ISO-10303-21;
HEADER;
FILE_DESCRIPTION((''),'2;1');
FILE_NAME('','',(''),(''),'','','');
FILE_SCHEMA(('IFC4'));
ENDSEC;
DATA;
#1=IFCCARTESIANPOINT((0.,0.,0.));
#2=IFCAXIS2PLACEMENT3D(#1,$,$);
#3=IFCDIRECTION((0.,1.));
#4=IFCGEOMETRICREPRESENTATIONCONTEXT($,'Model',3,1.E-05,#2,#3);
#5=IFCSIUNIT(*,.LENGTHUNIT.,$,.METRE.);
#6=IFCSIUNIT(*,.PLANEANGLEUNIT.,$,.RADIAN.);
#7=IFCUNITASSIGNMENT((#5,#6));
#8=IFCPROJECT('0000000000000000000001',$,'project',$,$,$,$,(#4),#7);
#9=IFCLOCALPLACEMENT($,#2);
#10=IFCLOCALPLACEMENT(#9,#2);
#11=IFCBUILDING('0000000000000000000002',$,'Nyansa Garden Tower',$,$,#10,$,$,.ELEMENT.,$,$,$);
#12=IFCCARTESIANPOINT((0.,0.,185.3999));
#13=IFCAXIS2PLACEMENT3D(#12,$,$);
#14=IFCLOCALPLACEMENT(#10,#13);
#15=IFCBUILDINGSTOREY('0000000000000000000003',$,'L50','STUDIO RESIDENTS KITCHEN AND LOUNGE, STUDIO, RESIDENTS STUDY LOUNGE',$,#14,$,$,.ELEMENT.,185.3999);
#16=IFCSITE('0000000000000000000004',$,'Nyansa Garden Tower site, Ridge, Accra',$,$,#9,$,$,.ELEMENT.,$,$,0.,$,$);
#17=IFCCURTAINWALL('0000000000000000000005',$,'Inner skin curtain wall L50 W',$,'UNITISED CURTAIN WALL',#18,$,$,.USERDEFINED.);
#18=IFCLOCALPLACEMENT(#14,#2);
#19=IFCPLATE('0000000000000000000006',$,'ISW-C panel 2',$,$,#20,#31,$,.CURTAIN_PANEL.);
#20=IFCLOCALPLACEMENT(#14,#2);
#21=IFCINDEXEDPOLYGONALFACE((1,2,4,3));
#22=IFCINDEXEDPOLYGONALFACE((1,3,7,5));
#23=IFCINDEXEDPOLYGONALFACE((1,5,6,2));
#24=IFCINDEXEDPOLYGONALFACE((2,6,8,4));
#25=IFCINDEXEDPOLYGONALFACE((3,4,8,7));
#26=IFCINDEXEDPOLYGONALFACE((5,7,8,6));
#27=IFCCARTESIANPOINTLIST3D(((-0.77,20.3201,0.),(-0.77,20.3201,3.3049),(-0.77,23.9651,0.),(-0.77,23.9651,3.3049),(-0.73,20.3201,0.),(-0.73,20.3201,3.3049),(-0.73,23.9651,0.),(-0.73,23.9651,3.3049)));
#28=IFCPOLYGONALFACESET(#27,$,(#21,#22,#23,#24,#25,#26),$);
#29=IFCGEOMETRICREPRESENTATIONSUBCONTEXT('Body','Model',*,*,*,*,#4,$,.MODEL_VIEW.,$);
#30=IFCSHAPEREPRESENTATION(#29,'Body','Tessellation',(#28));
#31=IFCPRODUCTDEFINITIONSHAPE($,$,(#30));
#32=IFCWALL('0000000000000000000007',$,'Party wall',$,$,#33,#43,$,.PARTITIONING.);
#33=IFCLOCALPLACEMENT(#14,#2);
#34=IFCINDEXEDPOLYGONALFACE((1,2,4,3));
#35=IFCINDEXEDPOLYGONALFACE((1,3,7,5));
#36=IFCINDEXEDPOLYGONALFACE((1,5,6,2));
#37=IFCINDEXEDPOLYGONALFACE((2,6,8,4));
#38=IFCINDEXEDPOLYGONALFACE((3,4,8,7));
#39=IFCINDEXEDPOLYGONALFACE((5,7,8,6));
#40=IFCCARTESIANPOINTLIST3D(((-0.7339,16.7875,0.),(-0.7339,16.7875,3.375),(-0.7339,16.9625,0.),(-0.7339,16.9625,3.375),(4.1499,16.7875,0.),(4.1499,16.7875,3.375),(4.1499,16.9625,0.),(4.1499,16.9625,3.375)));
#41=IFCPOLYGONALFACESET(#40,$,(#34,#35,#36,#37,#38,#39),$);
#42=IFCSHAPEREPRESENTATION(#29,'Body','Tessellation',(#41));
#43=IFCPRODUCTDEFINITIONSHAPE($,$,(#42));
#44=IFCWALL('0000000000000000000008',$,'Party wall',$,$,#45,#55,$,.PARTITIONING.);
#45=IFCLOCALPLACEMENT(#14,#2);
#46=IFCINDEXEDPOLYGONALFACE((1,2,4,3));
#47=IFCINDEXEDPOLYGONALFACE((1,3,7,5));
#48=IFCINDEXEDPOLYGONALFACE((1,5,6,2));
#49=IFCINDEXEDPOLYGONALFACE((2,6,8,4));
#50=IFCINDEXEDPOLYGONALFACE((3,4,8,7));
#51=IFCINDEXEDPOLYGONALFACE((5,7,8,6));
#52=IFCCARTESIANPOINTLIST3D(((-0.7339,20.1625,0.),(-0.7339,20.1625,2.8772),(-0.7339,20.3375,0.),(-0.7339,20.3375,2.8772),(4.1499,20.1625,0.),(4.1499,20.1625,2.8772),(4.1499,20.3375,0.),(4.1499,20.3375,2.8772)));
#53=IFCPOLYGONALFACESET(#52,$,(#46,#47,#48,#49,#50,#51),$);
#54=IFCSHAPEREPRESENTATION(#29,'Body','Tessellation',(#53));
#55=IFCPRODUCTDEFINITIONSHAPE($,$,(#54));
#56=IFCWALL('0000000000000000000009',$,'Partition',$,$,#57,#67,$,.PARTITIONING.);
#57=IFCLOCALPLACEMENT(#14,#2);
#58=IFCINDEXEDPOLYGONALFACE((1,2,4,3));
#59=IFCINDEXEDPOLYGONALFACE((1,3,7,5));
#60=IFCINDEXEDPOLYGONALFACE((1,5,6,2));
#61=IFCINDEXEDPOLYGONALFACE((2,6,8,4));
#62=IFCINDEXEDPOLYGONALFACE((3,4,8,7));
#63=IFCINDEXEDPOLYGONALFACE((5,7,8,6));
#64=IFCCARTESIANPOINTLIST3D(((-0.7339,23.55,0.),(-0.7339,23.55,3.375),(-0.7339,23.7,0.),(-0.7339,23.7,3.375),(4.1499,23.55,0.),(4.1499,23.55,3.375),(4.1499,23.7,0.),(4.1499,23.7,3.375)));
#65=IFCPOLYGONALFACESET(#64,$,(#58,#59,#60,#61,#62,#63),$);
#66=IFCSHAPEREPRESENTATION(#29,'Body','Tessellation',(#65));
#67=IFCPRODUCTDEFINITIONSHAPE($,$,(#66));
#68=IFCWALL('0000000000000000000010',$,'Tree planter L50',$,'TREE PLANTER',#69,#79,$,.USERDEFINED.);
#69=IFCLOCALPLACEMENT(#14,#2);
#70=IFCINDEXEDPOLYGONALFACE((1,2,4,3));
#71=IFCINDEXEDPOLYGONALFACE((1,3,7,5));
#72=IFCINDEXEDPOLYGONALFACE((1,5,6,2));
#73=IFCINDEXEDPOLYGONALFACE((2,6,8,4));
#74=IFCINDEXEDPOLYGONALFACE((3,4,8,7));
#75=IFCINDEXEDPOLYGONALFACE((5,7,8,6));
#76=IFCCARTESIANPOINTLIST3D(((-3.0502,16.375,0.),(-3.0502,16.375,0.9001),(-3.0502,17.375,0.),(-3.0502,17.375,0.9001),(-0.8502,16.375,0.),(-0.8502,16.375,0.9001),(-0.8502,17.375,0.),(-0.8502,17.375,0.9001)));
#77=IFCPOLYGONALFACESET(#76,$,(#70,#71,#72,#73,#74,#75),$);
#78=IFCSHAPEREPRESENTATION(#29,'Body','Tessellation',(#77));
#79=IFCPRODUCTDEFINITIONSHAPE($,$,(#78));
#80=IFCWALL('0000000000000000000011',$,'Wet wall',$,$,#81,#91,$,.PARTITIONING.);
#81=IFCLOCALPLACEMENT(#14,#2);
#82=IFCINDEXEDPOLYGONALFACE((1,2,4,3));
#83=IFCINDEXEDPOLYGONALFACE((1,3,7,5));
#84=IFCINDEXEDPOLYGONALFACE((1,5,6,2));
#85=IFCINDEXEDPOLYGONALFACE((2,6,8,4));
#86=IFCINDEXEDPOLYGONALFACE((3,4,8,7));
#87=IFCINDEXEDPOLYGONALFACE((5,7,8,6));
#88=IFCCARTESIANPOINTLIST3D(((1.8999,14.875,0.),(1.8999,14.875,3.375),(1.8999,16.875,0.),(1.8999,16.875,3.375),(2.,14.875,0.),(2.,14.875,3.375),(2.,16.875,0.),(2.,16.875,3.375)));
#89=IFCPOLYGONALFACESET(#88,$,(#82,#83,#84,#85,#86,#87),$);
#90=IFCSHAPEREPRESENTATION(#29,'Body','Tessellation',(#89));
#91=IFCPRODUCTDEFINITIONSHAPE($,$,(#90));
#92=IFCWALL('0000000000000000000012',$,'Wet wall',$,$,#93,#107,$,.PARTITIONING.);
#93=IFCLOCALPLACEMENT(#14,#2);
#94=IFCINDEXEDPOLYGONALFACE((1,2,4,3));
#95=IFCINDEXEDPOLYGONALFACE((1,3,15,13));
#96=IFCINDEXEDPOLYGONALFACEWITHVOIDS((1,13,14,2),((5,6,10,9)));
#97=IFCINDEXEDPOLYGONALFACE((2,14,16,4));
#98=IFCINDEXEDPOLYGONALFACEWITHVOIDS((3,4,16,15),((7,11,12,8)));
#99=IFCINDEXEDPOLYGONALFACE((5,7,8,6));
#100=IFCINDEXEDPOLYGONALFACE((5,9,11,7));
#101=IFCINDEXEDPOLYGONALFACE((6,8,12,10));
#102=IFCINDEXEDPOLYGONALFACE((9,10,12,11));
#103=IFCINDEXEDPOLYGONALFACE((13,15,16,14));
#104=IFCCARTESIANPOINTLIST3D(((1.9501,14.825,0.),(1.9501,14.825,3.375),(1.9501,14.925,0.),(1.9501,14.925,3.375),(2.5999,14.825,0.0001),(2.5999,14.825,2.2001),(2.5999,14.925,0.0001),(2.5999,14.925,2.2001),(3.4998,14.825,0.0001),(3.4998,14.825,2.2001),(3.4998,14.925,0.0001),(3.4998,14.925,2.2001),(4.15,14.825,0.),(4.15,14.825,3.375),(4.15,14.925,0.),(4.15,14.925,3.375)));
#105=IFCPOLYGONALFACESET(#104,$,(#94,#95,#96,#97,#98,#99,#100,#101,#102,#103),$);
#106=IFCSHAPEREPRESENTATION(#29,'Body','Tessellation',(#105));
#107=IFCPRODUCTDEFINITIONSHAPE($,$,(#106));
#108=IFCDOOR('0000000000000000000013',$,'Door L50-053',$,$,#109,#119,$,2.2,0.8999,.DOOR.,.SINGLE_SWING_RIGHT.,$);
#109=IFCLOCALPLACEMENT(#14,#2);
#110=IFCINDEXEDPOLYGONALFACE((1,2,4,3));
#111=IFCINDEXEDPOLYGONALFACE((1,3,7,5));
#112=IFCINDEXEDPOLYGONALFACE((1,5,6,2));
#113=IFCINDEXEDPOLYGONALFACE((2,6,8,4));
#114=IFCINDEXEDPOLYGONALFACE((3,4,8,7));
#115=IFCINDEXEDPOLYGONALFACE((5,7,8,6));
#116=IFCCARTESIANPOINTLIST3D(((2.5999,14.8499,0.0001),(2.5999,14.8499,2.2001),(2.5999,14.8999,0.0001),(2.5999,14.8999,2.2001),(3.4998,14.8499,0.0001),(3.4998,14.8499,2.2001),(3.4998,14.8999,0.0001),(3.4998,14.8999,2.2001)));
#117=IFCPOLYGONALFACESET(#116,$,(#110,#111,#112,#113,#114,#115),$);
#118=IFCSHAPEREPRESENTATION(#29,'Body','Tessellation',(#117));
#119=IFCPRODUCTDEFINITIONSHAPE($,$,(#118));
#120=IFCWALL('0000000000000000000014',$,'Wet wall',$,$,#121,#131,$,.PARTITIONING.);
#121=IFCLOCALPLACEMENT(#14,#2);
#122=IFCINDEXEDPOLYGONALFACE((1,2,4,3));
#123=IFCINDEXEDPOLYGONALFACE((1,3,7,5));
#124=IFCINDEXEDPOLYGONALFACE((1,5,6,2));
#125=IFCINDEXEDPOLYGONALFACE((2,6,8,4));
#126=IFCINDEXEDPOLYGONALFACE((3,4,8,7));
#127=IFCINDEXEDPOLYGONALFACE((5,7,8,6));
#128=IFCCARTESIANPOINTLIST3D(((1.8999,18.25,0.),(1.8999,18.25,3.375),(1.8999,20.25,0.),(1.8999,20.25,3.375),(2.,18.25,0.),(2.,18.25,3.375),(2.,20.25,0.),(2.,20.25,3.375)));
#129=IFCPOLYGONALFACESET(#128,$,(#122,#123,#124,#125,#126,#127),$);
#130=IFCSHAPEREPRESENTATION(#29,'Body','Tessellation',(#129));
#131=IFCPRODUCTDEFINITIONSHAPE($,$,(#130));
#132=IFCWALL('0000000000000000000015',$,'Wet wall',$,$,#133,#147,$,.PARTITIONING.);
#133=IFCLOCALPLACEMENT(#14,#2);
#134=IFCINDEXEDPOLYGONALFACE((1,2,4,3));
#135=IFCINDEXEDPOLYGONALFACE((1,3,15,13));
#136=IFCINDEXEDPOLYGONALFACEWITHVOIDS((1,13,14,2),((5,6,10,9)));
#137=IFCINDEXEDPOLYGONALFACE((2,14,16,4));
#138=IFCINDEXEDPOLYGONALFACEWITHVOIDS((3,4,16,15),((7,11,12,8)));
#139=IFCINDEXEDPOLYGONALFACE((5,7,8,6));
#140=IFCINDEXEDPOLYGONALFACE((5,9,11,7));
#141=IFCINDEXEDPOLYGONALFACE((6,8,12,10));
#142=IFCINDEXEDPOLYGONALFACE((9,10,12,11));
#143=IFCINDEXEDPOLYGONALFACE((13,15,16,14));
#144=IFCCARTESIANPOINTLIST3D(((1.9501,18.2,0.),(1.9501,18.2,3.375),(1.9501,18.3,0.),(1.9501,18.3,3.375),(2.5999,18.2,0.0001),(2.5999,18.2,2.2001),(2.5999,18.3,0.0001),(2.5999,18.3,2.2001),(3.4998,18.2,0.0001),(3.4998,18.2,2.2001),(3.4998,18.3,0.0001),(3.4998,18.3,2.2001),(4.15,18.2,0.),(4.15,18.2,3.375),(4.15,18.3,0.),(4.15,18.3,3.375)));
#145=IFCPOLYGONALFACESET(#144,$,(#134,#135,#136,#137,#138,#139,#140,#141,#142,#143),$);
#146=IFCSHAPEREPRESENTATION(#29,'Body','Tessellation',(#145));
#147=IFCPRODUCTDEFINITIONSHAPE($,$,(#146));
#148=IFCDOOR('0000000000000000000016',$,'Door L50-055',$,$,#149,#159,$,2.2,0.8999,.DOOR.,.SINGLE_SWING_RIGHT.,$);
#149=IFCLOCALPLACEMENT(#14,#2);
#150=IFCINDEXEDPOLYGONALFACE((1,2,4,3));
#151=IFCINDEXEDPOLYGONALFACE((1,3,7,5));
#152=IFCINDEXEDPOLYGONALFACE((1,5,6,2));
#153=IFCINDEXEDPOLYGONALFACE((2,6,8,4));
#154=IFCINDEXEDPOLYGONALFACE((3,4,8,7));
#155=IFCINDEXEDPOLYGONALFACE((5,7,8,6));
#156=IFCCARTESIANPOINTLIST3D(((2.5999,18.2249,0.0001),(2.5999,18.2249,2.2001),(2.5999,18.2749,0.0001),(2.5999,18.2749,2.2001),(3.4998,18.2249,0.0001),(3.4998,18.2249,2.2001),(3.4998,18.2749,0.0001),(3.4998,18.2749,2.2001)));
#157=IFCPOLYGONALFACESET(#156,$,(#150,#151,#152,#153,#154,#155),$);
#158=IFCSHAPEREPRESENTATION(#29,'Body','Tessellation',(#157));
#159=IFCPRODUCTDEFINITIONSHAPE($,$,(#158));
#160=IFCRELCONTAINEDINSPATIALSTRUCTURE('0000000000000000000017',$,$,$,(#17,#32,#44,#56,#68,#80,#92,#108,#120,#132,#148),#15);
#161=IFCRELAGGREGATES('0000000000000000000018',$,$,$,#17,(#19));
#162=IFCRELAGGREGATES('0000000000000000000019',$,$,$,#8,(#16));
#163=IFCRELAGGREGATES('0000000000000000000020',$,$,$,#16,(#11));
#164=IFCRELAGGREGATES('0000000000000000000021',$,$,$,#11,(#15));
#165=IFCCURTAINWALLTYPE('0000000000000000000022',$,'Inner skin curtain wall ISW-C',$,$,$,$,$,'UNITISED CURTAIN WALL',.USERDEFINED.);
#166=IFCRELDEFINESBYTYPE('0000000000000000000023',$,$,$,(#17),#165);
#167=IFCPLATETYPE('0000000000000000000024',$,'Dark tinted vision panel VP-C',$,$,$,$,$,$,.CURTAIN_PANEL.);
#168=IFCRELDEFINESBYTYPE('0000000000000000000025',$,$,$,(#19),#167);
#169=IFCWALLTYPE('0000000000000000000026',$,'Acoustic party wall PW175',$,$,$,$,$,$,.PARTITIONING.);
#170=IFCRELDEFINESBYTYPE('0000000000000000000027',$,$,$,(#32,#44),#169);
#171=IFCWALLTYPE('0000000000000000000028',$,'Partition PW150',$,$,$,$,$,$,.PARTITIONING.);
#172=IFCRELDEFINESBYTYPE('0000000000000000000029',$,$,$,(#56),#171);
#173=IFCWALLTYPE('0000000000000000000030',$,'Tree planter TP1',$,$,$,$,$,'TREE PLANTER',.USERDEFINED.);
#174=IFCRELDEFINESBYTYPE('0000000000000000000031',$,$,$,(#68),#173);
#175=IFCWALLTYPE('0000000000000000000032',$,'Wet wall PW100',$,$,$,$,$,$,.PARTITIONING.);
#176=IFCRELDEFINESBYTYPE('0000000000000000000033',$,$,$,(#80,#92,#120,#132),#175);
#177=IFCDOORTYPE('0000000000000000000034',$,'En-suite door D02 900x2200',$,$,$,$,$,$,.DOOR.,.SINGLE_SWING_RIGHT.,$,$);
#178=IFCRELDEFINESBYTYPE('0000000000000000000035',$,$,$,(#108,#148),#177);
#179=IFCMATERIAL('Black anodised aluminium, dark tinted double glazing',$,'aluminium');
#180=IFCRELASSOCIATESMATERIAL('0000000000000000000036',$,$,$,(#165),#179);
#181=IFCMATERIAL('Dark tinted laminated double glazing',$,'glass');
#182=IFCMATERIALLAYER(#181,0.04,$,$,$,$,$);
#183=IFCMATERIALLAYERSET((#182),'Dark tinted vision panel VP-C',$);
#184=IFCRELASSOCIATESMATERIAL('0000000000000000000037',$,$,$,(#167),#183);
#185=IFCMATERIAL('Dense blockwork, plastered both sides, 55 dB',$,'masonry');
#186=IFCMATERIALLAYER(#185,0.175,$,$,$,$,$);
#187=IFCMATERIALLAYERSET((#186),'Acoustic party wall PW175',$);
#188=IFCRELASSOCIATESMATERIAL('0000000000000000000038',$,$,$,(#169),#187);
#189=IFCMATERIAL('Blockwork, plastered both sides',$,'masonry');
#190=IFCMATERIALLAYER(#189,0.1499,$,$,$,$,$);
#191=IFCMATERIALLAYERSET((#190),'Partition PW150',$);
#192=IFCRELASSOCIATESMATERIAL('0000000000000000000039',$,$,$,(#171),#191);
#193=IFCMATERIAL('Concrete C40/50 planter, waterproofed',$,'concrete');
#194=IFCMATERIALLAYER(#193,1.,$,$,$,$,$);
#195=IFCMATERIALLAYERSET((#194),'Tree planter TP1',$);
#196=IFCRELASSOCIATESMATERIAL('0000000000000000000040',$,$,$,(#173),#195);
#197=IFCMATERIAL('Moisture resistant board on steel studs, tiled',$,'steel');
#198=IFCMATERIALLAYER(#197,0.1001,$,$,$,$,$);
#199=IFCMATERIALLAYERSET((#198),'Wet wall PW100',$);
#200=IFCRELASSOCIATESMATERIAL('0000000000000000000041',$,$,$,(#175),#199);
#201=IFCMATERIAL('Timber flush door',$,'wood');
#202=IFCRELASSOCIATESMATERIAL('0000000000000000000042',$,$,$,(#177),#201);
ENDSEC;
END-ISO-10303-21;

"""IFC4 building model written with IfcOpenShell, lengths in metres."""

from ifc_helpers import new_model, si_unit, direction, frame, frame_2d, origin, origin_2d, place, context, subcontext, project, spatial, rectangle, extrude, material, layer, layer_set, type_object, element, fill, aggregate, save


model = new_model("IFC4")

# Units and contexts
model_context = context("Model", 3, precision=1e-05, world=origin(), true_north=direction((0.0, 1.0)))
body_context = subcontext(model_context, "Body", "Model", "MODEL_VIEW")
ifc_project = project(units=[si_unit("LENGTHUNIT", "METRE"), si_unit("PLANEANGLEUNIT", "RADIAN")], contexts=[model_context])

# Site, building, storey
site_placement = place(None, origin())
site = spatial("IfcSite", under=ifc_project, at=site_placement, Name="Nyansa Garden Tower site, Ridge, Accra", CompositionType="ELEMENT", RefElevation=0.0)
building_placement = place(site_placement, origin())
building = spatial("IfcBuilding", under=site, at=building_placement, Name="Nyansa Garden Tower", CompositionType="ELEMENT")
storey_placement = place(building_placement, frame((0.0, 0.0, 185.3999)))
storey = spatial("IfcBuildingStorey", under=building, at=storey_placement, Name="L50", Description="STUDIO RESIDENTS KITCHEN AND LOUNGE, STUDIO, RESIDENTS STUDY LOUNGE", CompositionType="ELEMENT", Elevation=185.3999)

# Curtain wall
ifc_material_1 = material(Name="Black anodised aluminium, dark tinted double glazing", Category="aluminium")
curtain_wall_type = type_object("IfcCurtainWallType", Name="Inner skin curtain wall ISW-C", ElementType="UNITISED CURTAIN WALL", PredefinedType="USERDEFINED", material=ifc_material_1)
curtain_wall_placement = place(storey_placement, origin())
curtain_wall = element("IfcCurtainWall", 1, at=curtain_wall_placement, inside=storey, type_object=curtain_wall_type, Name="Inner skin curtain wall L50 W", ObjectType="UNITISED CURTAIN WALL", PredefinedType="USERDEFINED")

# Plate
ifc_material_2 = material(Name="Dark tinted laminated double glazing", Category="glass")
ifc_layer_1 = layer(ifc_material_2, 0.04)
ifc_layer_set_1 = layer_set([ifc_layer_1], Name="Dark tinted vision panel VP-C")
plate_type = type_object("IfcPlateType", Name="Dark tinted vision panel VP-C", PredefinedType="CURTAIN_PANEL", material=ifc_layer_set_1)
plate_1_placement = place(storey_placement, frame((-0.75, 22.1426, 0.0), z_axis=(0.0, 0.0, 1.0), x_axis=(0.0, -1.0, 0.0)))
plate_1 = element("IfcPlate", 2, at=plate_1_placement, type_object=plate_type, Name="ISW-C panel 2", PredefinedType="CURTAIN_PANEL", context=body_context, shape_type="SweptSolid", body=[
    extrude(rectangle(XDim=3.645, YDim=0.04, at=origin_2d()), origin(), (0.0, 0.0, 1.0), 3.3049),
])
aggregate(curtain_wall, [plate_1])

# Walls
ifc_material_3 = material(Name="Dense blockwork, plastered both sides, 55 dB", Category="masonry")
ifc_layer_2 = layer(ifc_material_3, 0.175)
ifc_layer_set_2 = layer_set([ifc_layer_2], Name="Acoustic party wall PW175")
wall_type_1 = type_object("IfcWallType", Name="Acoustic party wall PW175", PredefinedType="PARTITIONING", material=ifc_layer_set_2)
wall_1_placement = place(storey_placement, frame((-0.7339, 16.875, 0.0), z_axis=(0.0, 0.0, 1.0), x_axis=(1.0, 0.0, 0.0)))
element("IfcWall", 3, at=wall_1_placement, inside=storey, type_object=wall_type_1, Name="Party wall", PredefinedType="PARTITIONING", context=body_context, shape_type="SweptSolid", body=[
    extrude(rectangle(XDim=4.8838, YDim=0.175, at=frame_2d((2.4419, 0.0))), origin(), (0.0, 0.0, 1.0), 3.375),
])
wall_2_placement = place(storey_placement, frame((-0.7339, 20.25, 0.0), z_axis=(0.0, 0.0, 1.0), x_axis=(1.0, 0.0, 0.0)))
element("IfcWall", 4, at=wall_2_placement, inside=storey, type_object=wall_type_1, Name="Party wall", PredefinedType="PARTITIONING", context=body_context, shape_type="SweptSolid", body=[
    extrude(rectangle(XDim=4.8838, YDim=0.175, at=frame_2d((2.4419, 0.0))), origin(), (0.0, 0.0, 1.0), 2.8772),
])
ifc_material_4 = material(Name="Blockwork, plastered both sides", Category="masonry")
ifc_layer_3 = layer(ifc_material_4, 0.1499)
ifc_layer_set_3 = layer_set([ifc_layer_3], Name="Partition PW150")
wall_type_2 = type_object("IfcWallType", Name="Partition PW150", PredefinedType="PARTITIONING", material=ifc_layer_set_3)
wall_3_placement = place(storey_placement, frame((-0.7339, 23.625, 0.0), z_axis=(0.0, 0.0, 1.0), x_axis=(1.0, 0.0, 0.0)))
element("IfcWall", 5, at=wall_3_placement, inside=storey, type_object=wall_type_2, Name="Partition", PredefinedType="PARTITIONING", context=body_context, shape_type="SweptSolid", body=[
    extrude(rectangle(XDim=4.8838, YDim=0.1499, at=frame_2d((2.4419, 0.0))), origin(), (0.0, 0.0, 1.0), 3.375),
])
ifc_material_5 = material(Name="Concrete C40/50 planter, waterproofed", Category="concrete")
ifc_layer_4 = layer(ifc_material_5, 1.0)
ifc_layer_set_4 = layer_set([ifc_layer_4], Name="Tree planter TP1")
wall_type_3 = type_object("IfcWallType", Name="Tree planter TP1", ElementType="TREE PLANTER", PredefinedType="USERDEFINED", material=ifc_layer_set_4)
wall_4_placement = place(storey_placement, frame((-0.8501, 16.875, 0.0), z_axis=(0.0, 0.0, 1.0), x_axis=(-1.0, 0.0, 0.0)))
element("IfcWall", 6, at=wall_4_placement, inside=storey, type_object=wall_type_3, Name="Tree planter L50", ObjectType="TREE PLANTER", PredefinedType="USERDEFINED", context=body_context, shape_type="SweptSolid", body=[
    extrude(rectangle(XDim=2.2, YDim=1.0, at=frame_2d((1.1001, 0.0))), origin(), (0.0, 0.0, 1.0), 0.9001),
])
ifc_material_6 = material(Name="Moisture resistant board on steel studs, tiled", Category="steel")
ifc_layer_5 = layer(ifc_material_6, 0.1001)
ifc_layer_set_5 = layer_set([ifc_layer_5], Name="Wet wall PW100")
wall_type_4 = type_object("IfcWallType", Name="Wet wall PW100", PredefinedType="PARTITIONING", material=ifc_layer_set_5)
wall_5_placement = place(storey_placement, frame((1.95, 14.875, 0.0), z_axis=(0.0, 0.0, 1.0), x_axis=(0.0, 1.0, 0.0)))
element("IfcWall", 7, at=wall_5_placement, inside=storey, type_object=wall_type_4, Name="Wet wall", PredefinedType="PARTITIONING", context=body_context, shape_type="SweptSolid", body=[
    extrude(rectangle(XDim=2.0, YDim=0.1001, at=frame_2d((1.0, 0.0))), origin(), (0.0, 0.0, 1.0), 3.375),
])

# Wall, opening, door
wall_6_placement = place(storey_placement, frame((1.95, 14.875, 0.0), z_axis=(0.0, 0.0, 1.0), x_axis=(1.0, 0.0, 0.0)))
wall_6 = element("IfcWall", 8, at=wall_6_placement, inside=storey, type_object=wall_type_4, Name="Wet wall", PredefinedType="PARTITIONING", context=body_context, shape_type="SweptSolid", body=[
    extrude(rectangle(XDim=2.2, YDim=0.1001, at=frame_2d((1.1001, 0.0))), origin(), (0.0, 0.0, 1.0), 3.375),
])
opening_1_placement = place(wall_6_placement, frame((0.6499, 0.0, 0.0)))
opening_1 = element("IfcOpeningElement", 9, at=opening_1_placement, cuts=wall_6, PredefinedType="OPENING", context=body_context, shape_type="SweptSolid", body=[
    extrude(rectangle(XDim=0.8999, YDim=2.2, at=frame_2d((0.45, 1.1001))), frame((0.0, 0.0601, 0.0), z_axis=(0.0, -1.0, 0.0), x_axis=(1.0, 0.0, 0.0)), (0.0, 0.0, 1.0), 0.1201),
])
ifc_material_7 = material(Name="Timber flush door", Category="wood")
door_type = type_object("IfcDoorType", Name="En-suite door D02 900x2200", OperationType="SINGLE_SWING_RIGHT", PredefinedType="DOOR", material=ifc_material_7)
door_1_placement = place(opening_1_placement, origin())
door_1 = element("IfcDoor", 10, at=door_1_placement, inside=storey, type_object=door_type, Name="Door L50-053", OperationType="SINGLE_SWING_RIGHT", OverallHeight=2.2, OverallWidth=0.8999, PredefinedType="DOOR", context=body_context, shape_type="SweptSolid", body=[
    extrude(rectangle(XDim=0.8999, YDim=2.2, at=frame_2d((0.45, 1.1001))), frame((0.0, 0.0249, 0.0), z_axis=(0.0, -1.0, 0.0), x_axis=(1.0, 0.0, 0.0)), (0.0, 0.0, 1.0), 0.05),
])
fill(opening_1, door_1)

# Wall
wall_7_placement = place(storey_placement, frame((1.95, 18.25, 0.0), z_axis=(0.0, 0.0, 1.0), x_axis=(0.0, 1.0, 0.0)))
element("IfcWall", 11, at=wall_7_placement, inside=storey, type_object=wall_type_4, Name="Wet wall", PredefinedType="PARTITIONING", context=body_context, shape_type="SweptSolid", body=[
    extrude(rectangle(XDim=2.0, YDim=0.1001, at=frame_2d((1.0, 0.0))), origin(), (0.0, 0.0, 1.0), 3.375),
])

# Wall, opening, door
wall_8_placement = place(storey_placement, frame((1.95, 18.25, 0.0), z_axis=(0.0, 0.0, 1.0), x_axis=(1.0, 0.0, 0.0)))
wall_8 = element("IfcWall", 12, at=wall_8_placement, inside=storey, type_object=wall_type_4, Name="Wet wall", PredefinedType="PARTITIONING", context=body_context, shape_type="SweptSolid", body=[
    extrude(rectangle(XDim=2.2, YDim=0.1001, at=frame_2d((1.1001, 0.0))), origin(), (0.0, 0.0, 1.0), 3.375),
])
opening_2_placement = place(wall_8_placement, frame((0.6499, 0.0, 0.0)))
opening_2 = element("IfcOpeningElement", 13, at=opening_2_placement, cuts=wall_8, PredefinedType="OPENING", context=body_context, shape_type="SweptSolid", body=[
    extrude(rectangle(XDim=0.8999, YDim=2.2, at=frame_2d((0.45, 1.1001))), frame((0.0, 0.0601, 0.0), z_axis=(0.0, -1.0, 0.0), x_axis=(1.0, 0.0, 0.0)), (0.0, 0.0, 1.0), 0.1201),
])
door_2_placement = place(opening_2_placement, origin())
door_2 = element("IfcDoor", 14, at=door_2_placement, inside=storey, type_object=door_type, Name="Door L50-055", OperationType="SINGLE_SWING_RIGHT", OverallHeight=2.2, OverallWidth=0.8999, PredefinedType="DOOR", context=body_context, shape_type="SweptSolid", body=[
    extrude(rectangle(XDim=0.8999, YDim=2.2, at=frame_2d((0.45, 1.1001))), frame((0.0, 0.0249, 0.0), z_axis=(0.0, -1.0, 0.0), x_axis=(1.0, 0.0, 0.0)), (0.0, 0.0, 1.0), 0.05),
])
fill(opening_2, door_2)

save(model, "model.ifc")
